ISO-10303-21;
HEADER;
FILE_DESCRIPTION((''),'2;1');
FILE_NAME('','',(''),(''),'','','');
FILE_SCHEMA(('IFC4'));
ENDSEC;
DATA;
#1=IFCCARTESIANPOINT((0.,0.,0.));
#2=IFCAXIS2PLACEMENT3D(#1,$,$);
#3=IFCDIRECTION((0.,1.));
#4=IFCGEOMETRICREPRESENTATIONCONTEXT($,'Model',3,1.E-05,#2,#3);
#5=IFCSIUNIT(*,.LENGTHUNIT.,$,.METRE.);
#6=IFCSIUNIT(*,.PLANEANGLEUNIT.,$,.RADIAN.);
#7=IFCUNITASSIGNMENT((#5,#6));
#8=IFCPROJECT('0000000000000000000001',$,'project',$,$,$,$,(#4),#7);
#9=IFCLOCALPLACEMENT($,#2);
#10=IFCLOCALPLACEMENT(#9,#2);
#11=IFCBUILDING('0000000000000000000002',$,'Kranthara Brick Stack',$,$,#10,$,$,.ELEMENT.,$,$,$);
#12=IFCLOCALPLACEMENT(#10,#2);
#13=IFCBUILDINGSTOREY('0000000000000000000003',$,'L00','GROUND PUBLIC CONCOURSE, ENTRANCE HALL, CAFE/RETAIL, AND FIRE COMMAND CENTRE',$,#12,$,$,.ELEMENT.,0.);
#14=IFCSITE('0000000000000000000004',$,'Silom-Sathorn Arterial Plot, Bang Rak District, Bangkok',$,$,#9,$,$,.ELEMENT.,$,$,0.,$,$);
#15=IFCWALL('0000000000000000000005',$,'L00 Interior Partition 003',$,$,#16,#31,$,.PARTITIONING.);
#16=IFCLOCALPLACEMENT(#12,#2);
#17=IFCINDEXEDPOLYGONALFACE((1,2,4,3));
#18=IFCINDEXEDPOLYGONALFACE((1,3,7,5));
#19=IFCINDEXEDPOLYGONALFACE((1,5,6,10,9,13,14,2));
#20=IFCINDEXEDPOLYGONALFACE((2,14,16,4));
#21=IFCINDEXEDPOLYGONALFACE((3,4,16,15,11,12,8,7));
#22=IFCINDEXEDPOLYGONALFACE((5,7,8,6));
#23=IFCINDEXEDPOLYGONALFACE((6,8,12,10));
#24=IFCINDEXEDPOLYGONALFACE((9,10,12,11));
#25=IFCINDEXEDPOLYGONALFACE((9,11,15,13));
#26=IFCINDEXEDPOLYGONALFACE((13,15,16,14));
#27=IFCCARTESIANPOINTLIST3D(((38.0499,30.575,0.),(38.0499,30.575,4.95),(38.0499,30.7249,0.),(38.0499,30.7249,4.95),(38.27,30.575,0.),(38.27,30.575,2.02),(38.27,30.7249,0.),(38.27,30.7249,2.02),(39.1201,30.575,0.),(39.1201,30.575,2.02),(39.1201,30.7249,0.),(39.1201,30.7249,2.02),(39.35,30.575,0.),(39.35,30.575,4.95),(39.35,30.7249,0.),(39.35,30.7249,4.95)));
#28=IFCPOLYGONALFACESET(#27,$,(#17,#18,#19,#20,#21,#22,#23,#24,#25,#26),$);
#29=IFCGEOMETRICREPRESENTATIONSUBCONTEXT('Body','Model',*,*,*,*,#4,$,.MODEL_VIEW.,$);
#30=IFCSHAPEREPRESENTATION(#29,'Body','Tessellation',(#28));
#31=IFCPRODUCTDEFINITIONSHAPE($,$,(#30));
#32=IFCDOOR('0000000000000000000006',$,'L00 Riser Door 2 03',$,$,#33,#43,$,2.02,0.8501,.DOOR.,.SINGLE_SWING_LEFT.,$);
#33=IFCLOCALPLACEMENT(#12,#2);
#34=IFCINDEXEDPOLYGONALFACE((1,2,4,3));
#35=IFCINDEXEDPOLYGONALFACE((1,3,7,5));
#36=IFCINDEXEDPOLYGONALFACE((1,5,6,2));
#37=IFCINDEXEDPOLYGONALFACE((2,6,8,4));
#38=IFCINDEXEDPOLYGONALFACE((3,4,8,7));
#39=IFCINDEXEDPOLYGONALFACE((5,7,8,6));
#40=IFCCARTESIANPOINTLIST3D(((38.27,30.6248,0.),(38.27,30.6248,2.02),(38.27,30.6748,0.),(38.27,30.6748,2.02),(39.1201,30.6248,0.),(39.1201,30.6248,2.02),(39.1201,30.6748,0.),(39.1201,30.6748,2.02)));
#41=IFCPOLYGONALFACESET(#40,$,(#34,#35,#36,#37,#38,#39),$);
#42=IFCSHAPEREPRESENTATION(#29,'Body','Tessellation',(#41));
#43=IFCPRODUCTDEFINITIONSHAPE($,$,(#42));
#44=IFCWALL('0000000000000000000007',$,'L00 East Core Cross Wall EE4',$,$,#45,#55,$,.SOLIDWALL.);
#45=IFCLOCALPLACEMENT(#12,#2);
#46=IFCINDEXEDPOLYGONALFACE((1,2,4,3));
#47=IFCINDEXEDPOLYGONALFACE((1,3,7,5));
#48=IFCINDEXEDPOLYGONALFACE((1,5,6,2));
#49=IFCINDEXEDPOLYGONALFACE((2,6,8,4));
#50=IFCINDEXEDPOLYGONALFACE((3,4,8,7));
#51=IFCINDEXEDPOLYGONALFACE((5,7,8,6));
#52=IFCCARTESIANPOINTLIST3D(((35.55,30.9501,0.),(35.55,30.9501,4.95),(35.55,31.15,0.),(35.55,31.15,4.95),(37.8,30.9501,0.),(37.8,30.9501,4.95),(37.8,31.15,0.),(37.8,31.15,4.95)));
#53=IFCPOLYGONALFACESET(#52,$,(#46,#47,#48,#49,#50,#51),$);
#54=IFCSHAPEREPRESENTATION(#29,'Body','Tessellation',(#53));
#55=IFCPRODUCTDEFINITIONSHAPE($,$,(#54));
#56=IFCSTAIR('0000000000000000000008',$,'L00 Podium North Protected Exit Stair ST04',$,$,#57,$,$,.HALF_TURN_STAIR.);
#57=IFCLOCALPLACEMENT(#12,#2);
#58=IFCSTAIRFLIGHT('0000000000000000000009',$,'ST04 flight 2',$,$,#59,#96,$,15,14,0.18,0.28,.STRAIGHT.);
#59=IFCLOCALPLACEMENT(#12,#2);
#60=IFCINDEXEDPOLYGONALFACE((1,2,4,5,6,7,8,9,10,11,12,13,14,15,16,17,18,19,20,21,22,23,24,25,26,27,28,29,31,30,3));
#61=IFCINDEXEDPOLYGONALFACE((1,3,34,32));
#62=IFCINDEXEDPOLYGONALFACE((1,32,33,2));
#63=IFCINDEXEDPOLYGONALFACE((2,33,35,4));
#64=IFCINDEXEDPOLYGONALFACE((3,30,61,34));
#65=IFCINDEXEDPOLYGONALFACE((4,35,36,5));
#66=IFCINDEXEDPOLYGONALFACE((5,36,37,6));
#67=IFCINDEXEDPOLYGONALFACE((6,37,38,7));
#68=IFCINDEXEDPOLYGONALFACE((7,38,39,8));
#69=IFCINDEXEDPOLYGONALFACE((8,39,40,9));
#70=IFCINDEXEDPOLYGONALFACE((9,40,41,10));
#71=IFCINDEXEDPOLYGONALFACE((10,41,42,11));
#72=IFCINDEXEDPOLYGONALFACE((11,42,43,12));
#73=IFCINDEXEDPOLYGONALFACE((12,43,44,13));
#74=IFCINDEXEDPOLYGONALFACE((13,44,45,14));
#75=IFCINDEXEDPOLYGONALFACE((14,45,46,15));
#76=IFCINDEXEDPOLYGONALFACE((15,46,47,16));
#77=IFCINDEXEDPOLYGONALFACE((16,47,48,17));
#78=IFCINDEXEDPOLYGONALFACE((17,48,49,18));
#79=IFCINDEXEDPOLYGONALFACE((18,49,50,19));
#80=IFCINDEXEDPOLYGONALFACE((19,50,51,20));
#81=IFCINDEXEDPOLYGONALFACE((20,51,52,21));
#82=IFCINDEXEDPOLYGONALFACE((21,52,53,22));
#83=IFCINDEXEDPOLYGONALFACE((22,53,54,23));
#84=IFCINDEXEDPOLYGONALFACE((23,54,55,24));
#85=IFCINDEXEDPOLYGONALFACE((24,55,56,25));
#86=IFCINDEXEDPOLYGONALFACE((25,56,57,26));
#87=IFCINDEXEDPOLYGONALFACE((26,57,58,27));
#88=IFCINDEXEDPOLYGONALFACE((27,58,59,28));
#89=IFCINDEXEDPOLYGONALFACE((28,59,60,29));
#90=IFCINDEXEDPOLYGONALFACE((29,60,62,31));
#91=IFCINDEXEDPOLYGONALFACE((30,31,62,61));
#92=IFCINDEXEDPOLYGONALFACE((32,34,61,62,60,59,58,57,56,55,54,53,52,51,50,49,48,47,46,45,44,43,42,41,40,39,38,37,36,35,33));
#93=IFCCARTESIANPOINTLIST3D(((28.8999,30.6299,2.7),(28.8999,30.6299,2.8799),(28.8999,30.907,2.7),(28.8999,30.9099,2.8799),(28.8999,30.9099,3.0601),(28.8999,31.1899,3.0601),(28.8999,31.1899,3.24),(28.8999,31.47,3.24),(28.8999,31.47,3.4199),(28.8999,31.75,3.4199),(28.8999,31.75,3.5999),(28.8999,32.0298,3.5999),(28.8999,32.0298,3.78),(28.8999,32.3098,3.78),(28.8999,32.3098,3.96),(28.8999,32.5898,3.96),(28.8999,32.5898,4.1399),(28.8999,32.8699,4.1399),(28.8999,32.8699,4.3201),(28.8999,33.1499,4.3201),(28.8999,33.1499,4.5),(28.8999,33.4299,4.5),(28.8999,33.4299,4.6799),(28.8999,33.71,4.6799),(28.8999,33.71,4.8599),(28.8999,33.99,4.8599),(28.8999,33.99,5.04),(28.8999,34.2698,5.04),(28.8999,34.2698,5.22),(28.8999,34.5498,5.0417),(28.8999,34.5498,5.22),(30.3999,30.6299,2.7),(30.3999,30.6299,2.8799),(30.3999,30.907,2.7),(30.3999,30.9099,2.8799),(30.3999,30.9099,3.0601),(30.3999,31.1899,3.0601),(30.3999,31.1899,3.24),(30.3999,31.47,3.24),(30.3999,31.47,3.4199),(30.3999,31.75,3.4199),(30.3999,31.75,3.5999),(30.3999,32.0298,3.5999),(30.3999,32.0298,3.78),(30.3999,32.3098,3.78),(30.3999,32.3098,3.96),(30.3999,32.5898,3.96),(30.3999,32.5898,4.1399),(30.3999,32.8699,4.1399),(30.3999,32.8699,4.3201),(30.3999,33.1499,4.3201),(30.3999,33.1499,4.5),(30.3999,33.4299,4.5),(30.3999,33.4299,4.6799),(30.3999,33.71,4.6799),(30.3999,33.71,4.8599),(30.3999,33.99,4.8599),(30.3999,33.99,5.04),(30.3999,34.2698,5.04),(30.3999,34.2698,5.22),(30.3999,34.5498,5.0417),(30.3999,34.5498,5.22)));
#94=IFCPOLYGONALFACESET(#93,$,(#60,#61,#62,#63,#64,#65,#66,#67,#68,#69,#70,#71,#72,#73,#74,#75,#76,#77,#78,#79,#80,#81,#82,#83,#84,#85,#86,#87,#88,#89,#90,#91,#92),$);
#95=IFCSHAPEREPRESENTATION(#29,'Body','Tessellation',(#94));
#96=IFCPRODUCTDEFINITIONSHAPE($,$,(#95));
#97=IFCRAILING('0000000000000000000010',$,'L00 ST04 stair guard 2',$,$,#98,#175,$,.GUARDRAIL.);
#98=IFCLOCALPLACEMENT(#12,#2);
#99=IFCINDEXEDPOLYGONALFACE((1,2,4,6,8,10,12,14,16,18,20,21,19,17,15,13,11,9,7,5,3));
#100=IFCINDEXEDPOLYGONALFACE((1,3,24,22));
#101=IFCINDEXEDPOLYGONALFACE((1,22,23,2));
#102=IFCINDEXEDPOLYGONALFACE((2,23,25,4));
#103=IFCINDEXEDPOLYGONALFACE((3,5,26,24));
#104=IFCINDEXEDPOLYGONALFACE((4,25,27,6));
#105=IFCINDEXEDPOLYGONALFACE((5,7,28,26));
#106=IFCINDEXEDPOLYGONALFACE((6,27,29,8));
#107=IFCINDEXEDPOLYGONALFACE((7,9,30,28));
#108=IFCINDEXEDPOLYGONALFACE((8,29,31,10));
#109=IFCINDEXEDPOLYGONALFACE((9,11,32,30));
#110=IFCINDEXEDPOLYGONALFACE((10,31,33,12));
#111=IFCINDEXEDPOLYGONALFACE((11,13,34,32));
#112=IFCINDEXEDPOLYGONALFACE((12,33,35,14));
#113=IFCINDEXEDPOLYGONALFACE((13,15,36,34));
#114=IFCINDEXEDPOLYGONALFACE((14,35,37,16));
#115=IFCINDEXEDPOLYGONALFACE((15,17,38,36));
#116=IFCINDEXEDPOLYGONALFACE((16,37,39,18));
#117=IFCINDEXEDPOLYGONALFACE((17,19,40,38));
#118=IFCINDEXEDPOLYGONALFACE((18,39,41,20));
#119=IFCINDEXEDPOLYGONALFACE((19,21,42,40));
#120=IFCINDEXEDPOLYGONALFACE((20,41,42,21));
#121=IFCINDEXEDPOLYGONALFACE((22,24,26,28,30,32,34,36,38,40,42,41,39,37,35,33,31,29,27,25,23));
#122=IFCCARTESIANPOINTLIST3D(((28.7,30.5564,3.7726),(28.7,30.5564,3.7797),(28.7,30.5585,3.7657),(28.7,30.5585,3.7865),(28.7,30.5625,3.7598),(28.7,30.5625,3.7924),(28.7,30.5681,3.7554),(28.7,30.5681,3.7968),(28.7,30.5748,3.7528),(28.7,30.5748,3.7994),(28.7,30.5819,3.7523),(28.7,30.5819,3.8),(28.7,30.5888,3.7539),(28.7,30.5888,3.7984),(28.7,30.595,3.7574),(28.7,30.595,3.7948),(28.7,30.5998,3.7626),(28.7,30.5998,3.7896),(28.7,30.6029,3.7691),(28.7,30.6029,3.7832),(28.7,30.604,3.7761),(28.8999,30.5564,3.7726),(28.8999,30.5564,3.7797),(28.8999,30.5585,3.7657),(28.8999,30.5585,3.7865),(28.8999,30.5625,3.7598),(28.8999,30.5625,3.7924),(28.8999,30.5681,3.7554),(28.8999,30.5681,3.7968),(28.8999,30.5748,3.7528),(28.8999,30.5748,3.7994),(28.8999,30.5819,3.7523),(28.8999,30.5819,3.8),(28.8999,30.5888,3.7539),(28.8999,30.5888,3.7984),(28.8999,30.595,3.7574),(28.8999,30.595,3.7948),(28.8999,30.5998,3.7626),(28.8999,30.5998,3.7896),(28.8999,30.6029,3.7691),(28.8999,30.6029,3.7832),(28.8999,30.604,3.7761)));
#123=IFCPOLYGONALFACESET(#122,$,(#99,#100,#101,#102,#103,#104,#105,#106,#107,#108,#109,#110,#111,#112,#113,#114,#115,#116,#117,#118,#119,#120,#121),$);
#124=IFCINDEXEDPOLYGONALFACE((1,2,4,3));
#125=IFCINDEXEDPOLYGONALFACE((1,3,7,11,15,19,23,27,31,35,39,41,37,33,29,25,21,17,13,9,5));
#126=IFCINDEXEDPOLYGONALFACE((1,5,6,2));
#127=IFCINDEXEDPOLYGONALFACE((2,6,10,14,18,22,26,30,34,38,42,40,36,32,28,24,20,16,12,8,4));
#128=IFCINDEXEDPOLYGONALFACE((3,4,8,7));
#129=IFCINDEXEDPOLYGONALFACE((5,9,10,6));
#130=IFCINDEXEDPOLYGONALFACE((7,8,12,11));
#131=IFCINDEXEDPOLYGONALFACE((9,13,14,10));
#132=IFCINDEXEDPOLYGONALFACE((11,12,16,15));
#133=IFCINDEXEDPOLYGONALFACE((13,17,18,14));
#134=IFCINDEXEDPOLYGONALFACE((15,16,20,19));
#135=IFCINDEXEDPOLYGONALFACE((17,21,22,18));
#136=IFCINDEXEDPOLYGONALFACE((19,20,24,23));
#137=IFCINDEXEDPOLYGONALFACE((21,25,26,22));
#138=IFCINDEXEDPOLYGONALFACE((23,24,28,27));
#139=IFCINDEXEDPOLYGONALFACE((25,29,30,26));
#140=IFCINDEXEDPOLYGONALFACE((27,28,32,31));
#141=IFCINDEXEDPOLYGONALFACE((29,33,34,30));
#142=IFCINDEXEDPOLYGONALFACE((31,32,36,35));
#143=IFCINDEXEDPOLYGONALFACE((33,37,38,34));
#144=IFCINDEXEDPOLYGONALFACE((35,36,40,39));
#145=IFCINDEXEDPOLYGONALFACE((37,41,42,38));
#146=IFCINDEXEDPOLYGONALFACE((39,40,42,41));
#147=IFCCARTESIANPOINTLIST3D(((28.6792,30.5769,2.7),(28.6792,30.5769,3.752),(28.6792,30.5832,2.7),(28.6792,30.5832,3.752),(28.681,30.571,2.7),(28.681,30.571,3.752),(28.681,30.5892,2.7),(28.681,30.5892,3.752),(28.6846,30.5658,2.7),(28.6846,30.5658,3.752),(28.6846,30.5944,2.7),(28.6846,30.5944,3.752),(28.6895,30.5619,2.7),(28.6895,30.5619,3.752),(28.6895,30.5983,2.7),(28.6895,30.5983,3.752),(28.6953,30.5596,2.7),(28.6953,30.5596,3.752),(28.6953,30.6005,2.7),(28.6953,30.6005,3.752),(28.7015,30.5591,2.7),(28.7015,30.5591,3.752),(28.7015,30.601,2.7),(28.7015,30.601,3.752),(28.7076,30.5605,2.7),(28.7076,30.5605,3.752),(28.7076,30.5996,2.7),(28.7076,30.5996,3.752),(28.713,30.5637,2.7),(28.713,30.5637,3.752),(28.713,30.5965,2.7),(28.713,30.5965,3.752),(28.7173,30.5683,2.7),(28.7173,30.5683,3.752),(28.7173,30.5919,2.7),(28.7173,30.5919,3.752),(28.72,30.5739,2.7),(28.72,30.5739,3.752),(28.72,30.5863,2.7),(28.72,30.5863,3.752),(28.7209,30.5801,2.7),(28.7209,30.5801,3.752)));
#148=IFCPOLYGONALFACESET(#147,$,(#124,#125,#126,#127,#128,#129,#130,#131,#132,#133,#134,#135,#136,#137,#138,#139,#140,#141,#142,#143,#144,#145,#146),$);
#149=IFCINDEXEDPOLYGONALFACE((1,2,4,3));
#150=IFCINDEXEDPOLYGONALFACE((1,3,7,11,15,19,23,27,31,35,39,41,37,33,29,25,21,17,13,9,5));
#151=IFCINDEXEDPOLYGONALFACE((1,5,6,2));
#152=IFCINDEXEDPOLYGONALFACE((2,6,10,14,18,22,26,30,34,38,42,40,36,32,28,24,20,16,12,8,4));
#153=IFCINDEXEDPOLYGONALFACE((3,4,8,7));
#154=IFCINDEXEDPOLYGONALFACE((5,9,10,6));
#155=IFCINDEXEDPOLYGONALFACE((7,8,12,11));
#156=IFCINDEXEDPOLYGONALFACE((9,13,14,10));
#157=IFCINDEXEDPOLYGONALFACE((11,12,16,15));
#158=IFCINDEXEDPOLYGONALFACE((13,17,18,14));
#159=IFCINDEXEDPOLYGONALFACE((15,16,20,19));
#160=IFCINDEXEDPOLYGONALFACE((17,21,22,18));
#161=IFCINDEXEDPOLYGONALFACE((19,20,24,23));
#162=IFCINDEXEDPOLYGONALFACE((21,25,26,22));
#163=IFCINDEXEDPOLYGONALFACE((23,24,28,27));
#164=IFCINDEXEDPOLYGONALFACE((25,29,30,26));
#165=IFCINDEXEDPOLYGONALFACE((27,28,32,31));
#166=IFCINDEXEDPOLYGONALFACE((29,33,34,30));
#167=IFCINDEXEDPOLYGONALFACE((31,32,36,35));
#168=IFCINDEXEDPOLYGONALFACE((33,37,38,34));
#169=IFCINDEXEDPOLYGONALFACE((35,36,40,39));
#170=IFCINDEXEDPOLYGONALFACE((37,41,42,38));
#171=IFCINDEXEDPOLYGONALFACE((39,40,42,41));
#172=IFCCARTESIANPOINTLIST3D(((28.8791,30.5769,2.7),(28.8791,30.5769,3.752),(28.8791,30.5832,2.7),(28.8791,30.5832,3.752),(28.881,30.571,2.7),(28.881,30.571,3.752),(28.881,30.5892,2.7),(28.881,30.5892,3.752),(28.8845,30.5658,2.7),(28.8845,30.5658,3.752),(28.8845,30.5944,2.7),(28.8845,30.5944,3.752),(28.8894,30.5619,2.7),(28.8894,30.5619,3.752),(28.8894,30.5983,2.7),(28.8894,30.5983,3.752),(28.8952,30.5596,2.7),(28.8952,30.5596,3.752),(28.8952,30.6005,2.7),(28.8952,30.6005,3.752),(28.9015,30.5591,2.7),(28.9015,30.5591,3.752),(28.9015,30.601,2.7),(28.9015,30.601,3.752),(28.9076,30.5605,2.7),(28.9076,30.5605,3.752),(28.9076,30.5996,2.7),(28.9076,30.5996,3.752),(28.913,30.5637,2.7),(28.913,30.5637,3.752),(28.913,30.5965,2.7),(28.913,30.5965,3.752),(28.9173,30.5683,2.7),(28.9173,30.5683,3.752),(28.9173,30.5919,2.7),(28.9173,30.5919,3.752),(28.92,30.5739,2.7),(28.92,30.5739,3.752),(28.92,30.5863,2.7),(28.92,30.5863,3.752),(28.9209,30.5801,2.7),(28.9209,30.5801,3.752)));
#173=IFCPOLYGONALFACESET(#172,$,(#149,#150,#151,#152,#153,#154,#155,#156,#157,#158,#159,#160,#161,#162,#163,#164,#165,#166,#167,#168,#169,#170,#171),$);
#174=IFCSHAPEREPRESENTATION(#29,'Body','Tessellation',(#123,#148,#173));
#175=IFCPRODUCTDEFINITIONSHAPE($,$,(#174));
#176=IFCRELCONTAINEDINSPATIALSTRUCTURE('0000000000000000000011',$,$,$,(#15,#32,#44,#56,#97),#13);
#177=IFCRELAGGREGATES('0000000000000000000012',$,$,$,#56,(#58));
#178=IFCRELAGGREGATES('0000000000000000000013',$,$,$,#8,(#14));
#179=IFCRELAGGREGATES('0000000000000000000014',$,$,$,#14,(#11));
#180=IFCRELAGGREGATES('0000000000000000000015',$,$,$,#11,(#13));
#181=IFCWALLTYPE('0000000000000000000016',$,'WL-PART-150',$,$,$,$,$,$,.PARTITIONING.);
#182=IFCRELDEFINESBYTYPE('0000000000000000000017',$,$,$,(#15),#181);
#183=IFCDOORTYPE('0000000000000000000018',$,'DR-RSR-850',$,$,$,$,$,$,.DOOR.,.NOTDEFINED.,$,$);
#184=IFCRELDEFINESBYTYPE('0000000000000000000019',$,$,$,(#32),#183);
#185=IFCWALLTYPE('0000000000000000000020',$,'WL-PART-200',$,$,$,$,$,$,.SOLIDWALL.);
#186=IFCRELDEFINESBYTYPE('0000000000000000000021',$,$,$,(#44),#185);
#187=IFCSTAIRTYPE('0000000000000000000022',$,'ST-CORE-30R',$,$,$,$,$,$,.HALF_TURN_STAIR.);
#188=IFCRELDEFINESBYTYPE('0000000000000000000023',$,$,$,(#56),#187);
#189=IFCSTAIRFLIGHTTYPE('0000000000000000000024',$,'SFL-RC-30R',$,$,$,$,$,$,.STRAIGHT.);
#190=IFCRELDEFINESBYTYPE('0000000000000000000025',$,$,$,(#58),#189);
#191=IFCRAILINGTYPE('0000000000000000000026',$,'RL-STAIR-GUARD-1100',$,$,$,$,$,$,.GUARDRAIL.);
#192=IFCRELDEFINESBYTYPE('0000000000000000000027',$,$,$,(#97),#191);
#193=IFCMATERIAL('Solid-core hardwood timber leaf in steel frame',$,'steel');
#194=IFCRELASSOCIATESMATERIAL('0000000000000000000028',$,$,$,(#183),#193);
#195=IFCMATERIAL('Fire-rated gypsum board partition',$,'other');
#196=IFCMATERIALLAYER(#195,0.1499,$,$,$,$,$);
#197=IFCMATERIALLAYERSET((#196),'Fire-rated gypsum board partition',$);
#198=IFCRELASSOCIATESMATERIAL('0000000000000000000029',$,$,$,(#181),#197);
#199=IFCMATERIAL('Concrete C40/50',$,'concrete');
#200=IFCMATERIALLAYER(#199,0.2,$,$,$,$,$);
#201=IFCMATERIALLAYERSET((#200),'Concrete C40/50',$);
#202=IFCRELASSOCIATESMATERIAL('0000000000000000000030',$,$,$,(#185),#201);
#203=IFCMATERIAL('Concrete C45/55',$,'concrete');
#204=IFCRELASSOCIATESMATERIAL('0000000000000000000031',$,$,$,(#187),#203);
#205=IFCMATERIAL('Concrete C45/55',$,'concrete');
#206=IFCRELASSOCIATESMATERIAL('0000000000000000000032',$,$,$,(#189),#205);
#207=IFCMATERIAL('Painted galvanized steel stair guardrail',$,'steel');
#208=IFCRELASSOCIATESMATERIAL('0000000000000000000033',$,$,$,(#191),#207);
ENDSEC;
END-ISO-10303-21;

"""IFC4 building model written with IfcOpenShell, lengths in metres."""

from ifc_helpers import new_model, si_unit, direction, frame, frame_2d, origin, origin_2d, place, context, subcontext, project, spatial, polyline, rectangle, circle, outline, extrude, material, layer, layer_set, type_object, element, fill, aggregate, save


model = new_model("IFC4")

# Units and contexts
model_context = context("Model", 3, precision=1e-05, world=origin(), true_north=direction((0.0, 1.0)))
body_context = subcontext(model_context, "Body", "Model", "MODEL_VIEW")
ifc_project = project(units=[si_unit("LENGTHUNIT", "METRE"), si_unit("PLANEANGLEUNIT", "RADIAN")], contexts=[model_context])

# Site, building, storey
site_placement = place(None, origin())
site = spatial("IfcSite", under=ifc_project, at=site_placement, Name="Silom-Sathorn Arterial Plot, Bang Rak District, Bangkok", CompositionType="ELEMENT", RefElevation=0.0)
building_placement = place(site_placement, origin())
building = spatial("IfcBuilding", under=site, at=building_placement, Name="Kranthara Brick Stack", CompositionType="ELEMENT")
storey_placement = place(building_placement, origin())
storey = spatial("IfcBuildingStorey", under=building, at=storey_placement, Name="L00", Description="GROUND PUBLIC CONCOURSE, ENTRANCE HALL, CAFE/RETAIL, AND FIRE COMMAND CENTRE", CompositionType="ELEMENT", Elevation=0.0)

# Shared definitions
ifc_material_1 = material(Name="Solid-core hardwood timber leaf in steel frame", Category="steel")
door_type_1 = type_object("IfcDoorType", Name="DR-RSR-850", OperationType="NOTDEFINED", PredefinedType="DOOR", material=ifc_material_1)

# Wall, opening, door
ifc_material_2 = material(Name="Fire-rated gypsum board partition", Category="other")
ifc_layer_1 = layer(ifc_material_2, 0.1499)
ifc_layer_set_1 = layer_set([ifc_layer_1], Name="Fire-rated gypsum board partition")
wall_type_1 = type_object("IfcWallType", Name="WL-PART-150", PredefinedType="PARTITIONING", material=ifc_layer_set_1)
wall_1_placement = place(storey_placement, frame((38.05, 30.6499, 0.0), z_axis=(0.0, 0.0, 1.0), x_axis=(1.0, 0.0, 0.0)))
wall_1 = element("IfcWall", 1, at=wall_1_placement, inside=storey, type_object=wall_type_1, Name="L00 Interior Partition 003", PredefinedType="PARTITIONING", context=body_context, shape_type="SweptSolid", body=[
    extrude(rectangle(XDim=1.3, YDim=0.1499, at=frame_2d((0.6499, 0.0))), origin(), (0.0, 0.0, 1.0), 4.95),
])
opening_1_placement = place(wall_1_placement, frame((0.22, 0.0, 0.0)))
opening_1 = element("IfcOpeningElement", 2, at=opening_1_placement, cuts=wall_1, PredefinedType="OPENING", context=body_context, shape_type="SweptSolid", body=[
    extrude(rectangle(XDim=0.8501, YDim=2.02, at=frame_2d((0.425, 1.01))), frame((0.0, 0.085, 0.0), z_axis=(0.0, -1.0, 0.0), x_axis=(1.0, 0.0, 0.0)), (0.0, 0.0, 1.0), 0.1699),
])
door_1_placement = place(opening_1_placement, origin())
door_1 = element("IfcDoor", 3, at=door_1_placement, inside=storey, type_object=door_type_1, Name="L00 Riser Door 2 03", OperationType="SINGLE_SWING_LEFT", OverallHeight=2.02, OverallWidth=0.8501, PredefinedType="DOOR", context=body_context, shape_type="SweptSolid", body=[
    extrude(rectangle(XDim=0.8501, YDim=2.02, at=frame_2d((0.425, 1.01))), frame((0.0, 0.0249, 0.0), z_axis=(0.0, -1.0, 0.0), x_axis=(1.0, 0.0, 0.0)), (0.0, 0.0, 1.0), 0.05),
])
fill(opening_1, door_1)

# Wall
ifc_material_3 = material(Name="Concrete C40/50", Category="concrete")
ifc_layer_2 = layer(ifc_material_3, 0.2)
ifc_layer_set_2 = layer_set([ifc_layer_2], Name="Concrete C40/50")
wall_type_2 = type_object("IfcWallType", Name="WL-PART-200", PredefinedType="SOLIDWALL", material=ifc_layer_set_2)
wall_2_placement = place(storey_placement, frame((35.55, 31.05, 0.0), z_axis=(0.0, 0.0, 1.0), x_axis=(1.0, 0.0, 0.0)))
element("IfcWall", 4, at=wall_2_placement, inside=storey, type_object=wall_type_2, Name="L00 East Core Cross Wall EE4", PredefinedType="SOLIDWALL", context=body_context, shape_type="SweptSolid", body=[
    extrude(rectangle(XDim=2.25, YDim=0.2, at=frame_2d((1.125, 0.0))), origin(), (0.0, 0.0, 1.0), 4.95),
])

# Stair, stair flight
ifc_material_4 = material(Name="Concrete C45/55", Category="concrete")
stair_type = type_object("IfcStairType", Name="ST-CORE-30R", PredefinedType="HALF_TURN_STAIR", material=ifc_material_4)
stair_placement = place(storey_placement, origin())
stair = element("IfcStair", 5, at=stair_placement, inside=storey, type_object=stair_type, Name="L00 Podium North Protected Exit Stair ST04", PredefinedType="HALF_TURN_STAIR")
ifc_material_5 = material(Name="Concrete C45/55", Category="concrete")
stair_flight_type = type_object("IfcStairFlightType", Name="SFL-RC-30R", PredefinedType="STRAIGHT", material=ifc_material_5)
stair_flight_placement = place(storey_placement, frame((29.6499, 30.6299, 2.7), z_axis=(0.0, 0.0, 1.0), x_axis=(0.0, 1.0, 0.0)))
stair_flight = element("IfcStairFlight", 6, at=stair_flight_placement, type_object=stair_flight_type, Name="ST04 flight 2", NumberOfRisers=15, NumberOfTreads=14, PredefinedType="STRAIGHT", RiserHeight=0.18, TreadLength=0.28, context=body_context, shape_type="SweptSolid", body=[
    extrude(outline(polyline([(0.0, 0.0), (0.0, 0.1799), (0.28, 0.1799), (0.28, 0.3601), (0.5601, 0.3601), (0.5601, 0.54), (0.8401, 0.54), (0.8401, 0.72), (1.1201, 0.72), (1.1201, 0.8999), (1.3999, 0.8999), (1.3999, 1.0801), (1.6799, 1.0801), (1.6799, 1.26), (1.96, 1.26), (1.96, 1.4399), (2.24, 1.4399), (2.24, 1.6201), (2.52, 1.6201), (2.52, 1.8), (2.8, 1.8), (2.8, 1.98), (3.0801, 1.98), (3.0801, 2.1599), (3.3601, 2.1599), (3.3601, 2.3401), (3.6399, 2.3401), (3.6399, 2.52), (3.9199, 2.52), (3.9199, 2.7), (3.9199, 2.3418), (0.2771, 0.0), (0.0, 0.0)])), frame((0.0, 0.75, 0.0), z_axis=(0.0, -1.0, 0.0), x_axis=(1.0, 0.0, 0.0)), (0.0, 0.0, 1.0), 1.5),
])
aggregate(stair, [stair_flight])

# Railing
ifc_material_6 = material(Name="Painted galvanized steel stair guardrail", Category="steel")
railing_type_1 = type_object("IfcRailingType", Name="RL-STAIR-GUARD-1100", PredefinedType="GUARDRAIL", material=ifc_material_6)
railing_1_placement = place(storey_placement, frame((28.7, 30.5801, 2.7)))
element("IfcRailing", 7, at=railing_1_placement, inside=storey, type_object=railing_type_1, Name="L00 ST04 stair guard 2", PredefinedType="GUARDRAIL", context=body_context, shape_type="SweptSolid", body=[
    extrude(circle(Radius=0.0239, at=origin_2d()), frame((0.0, 0.0, 1.0762), z_axis=(1.0, 0.0, 0.0), x_axis=(0.0, 1.0, 0.0)), (0.0, 0.0, 1.0), 0.2),
    extrude(circle(Radius=0.021, at=origin_2d()), origin(), (0.0, 0.0, 1.0), 1.052),
    extrude(circle(Radius=0.021, at=origin_2d()), frame((0.2, 0.0, 0.0)), (0.0, 0.0, 1.0), 1.052),
])

save(model, "model.ifc")
